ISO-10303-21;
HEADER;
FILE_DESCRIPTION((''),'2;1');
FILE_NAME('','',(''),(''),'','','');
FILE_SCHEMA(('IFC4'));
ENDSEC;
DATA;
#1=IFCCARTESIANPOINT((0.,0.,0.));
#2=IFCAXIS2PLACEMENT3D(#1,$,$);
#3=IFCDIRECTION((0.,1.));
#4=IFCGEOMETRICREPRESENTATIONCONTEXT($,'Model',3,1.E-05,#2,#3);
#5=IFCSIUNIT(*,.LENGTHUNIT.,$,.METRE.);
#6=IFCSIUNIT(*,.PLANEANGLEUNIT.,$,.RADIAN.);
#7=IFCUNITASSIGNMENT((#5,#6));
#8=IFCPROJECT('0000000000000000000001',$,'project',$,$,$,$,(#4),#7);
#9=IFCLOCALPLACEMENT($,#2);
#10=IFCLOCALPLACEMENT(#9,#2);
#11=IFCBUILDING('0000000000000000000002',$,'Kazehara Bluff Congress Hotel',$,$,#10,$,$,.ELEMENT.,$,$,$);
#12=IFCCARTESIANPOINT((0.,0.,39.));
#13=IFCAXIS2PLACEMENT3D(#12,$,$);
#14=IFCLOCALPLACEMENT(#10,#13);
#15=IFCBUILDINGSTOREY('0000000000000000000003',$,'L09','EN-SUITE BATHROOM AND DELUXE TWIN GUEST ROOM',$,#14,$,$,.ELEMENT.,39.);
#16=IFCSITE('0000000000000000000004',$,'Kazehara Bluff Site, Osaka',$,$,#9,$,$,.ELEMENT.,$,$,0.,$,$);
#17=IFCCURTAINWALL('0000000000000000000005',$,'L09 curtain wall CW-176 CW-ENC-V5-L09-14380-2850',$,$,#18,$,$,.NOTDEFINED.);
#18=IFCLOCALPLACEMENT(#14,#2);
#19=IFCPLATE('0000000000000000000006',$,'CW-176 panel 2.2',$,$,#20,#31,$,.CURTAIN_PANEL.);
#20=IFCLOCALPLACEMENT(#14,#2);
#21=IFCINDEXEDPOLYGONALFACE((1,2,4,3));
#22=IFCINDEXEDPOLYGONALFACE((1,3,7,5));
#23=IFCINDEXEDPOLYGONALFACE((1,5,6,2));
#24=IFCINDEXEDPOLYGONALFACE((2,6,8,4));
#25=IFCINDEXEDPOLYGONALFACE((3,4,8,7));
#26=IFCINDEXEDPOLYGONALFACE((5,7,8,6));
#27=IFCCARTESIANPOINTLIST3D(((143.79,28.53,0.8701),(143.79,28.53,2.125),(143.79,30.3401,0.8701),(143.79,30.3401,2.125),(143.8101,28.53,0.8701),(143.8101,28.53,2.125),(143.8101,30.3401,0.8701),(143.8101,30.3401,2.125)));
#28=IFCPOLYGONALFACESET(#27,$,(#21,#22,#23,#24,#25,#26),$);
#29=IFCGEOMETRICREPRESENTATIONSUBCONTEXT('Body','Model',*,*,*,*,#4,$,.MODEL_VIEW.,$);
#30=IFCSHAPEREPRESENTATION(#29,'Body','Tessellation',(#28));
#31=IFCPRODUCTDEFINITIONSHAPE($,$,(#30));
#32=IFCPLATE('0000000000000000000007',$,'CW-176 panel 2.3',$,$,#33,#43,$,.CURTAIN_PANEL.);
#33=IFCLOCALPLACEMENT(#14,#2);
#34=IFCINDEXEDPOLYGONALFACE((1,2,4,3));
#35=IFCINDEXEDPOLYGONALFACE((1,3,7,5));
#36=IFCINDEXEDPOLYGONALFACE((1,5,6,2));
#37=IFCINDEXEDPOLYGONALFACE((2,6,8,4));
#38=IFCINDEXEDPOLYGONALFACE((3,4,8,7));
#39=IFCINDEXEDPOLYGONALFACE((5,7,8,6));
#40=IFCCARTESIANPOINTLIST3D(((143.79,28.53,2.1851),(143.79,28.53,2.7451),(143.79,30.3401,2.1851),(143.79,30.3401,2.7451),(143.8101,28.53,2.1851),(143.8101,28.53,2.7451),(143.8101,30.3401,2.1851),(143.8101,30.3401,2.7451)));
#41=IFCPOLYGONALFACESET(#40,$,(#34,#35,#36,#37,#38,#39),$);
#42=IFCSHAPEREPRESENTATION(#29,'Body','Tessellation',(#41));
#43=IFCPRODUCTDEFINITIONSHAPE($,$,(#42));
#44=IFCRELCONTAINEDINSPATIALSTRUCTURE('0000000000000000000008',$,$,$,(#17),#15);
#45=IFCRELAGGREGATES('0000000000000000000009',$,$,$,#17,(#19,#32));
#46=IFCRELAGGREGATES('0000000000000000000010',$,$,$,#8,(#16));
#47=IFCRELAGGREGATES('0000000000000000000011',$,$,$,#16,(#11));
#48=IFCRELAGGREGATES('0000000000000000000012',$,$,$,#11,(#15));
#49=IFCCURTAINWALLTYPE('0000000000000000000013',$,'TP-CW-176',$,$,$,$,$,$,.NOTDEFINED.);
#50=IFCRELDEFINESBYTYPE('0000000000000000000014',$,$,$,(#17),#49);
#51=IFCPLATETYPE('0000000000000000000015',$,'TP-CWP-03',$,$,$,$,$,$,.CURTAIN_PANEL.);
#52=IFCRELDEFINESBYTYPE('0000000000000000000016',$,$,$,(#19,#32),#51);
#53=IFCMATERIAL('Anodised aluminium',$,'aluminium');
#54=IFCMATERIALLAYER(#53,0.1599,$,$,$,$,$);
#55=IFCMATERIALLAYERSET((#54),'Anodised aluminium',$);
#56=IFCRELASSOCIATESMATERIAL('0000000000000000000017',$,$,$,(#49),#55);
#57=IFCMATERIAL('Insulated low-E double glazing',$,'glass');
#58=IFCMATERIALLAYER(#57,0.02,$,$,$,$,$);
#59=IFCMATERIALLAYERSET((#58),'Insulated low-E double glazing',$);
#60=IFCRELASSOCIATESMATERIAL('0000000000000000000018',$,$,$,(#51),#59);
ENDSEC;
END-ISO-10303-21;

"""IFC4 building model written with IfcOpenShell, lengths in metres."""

from ifc_helpers import new_model, si_unit, direction, frame, origin, origin_2d, place, context, subcontext, project, spatial, rectangle, extrude, material, layer, layer_set, type_object, element, aggregate, save


model = new_model("IFC4")

# Units and contexts
model_context = context("Model", 3, precision=1e-05, world=origin(), true_north=direction((0.0, 1.0)))
body_context = subcontext(model_context, "Body", "Model", "MODEL_VIEW")
ifc_project = project(units=[si_unit("LENGTHUNIT", "METRE"), si_unit("PLANEANGLEUNIT", "RADIAN")], contexts=[model_context])

# Site, building, storey
site_placement = place(None, origin())
site = spatial("IfcSite", under=ifc_project, at=site_placement, Name="Kazehara Bluff Site, Osaka", CompositionType="ELEMENT", RefElevation=0.0)
building_placement = place(site_placement, origin())
building = spatial("IfcBuilding", under=site, at=building_placement, Name="Kazehara Bluff Congress Hotel", CompositionType="ELEMENT")
storey_placement = place(building_placement, frame((0.0, 0.0, 39.0)))
storey = spatial("IfcBuildingStorey", under=building, at=storey_placement, Name="L09", Description="EN-SUITE BATHROOM AND DELUXE TWIN GUEST ROOM", CompositionType="ELEMENT", Elevation=39.0)

# Curtain wall
ifc_material_1 = material(Name="Anodised aluminium", Category="aluminium")
ifc_layer_1 = layer(ifc_material_1, 0.1599)
ifc_layer_set_1 = layer_set([ifc_layer_1], Name="Anodised aluminium")
curtain_wall_type_1 = type_object("IfcCurtainWallType", Name="TP-CW-176", PredefinedType="NOTDEFINED", material=ifc_layer_set_1)
curtain_wall_1_placement = place(storey_placement, origin())
curtain_wall_1 = element("IfcCurtainWall", 1, at=curtain_wall_1_placement, inside=storey, type_object=curtain_wall_type_1, Name="L09 curtain wall CW-176 CW-ENC-V5-L09-14380-2850", PredefinedType="NOTDEFINED")

# Plates
ifc_material_2 = material(Name="Insulated low-E double glazing", Category="glass")
ifc_layer_2 = layer(ifc_material_2, 0.02)
ifc_layer_set_2 = layer_set([ifc_layer_2], Name="Insulated low-E double glazing")
plate_type = type_object("IfcPlateType", Name="TP-CWP-03", PredefinedType="CURTAIN_PANEL", material=ifc_layer_set_2)
plate_1_placement = place(storey_placement, frame((143.8, 29.4351, 0.8701), z_axis=(0.0, 0.0, 1.0), x_axis=(0.0, 1.0, 0.0)))
plate_1 = element("IfcPlate", 2, at=plate_1_placement, type_object=plate_type, Name="CW-176 panel 2.2", PredefinedType="CURTAIN_PANEL", context=body_context, shape_type="SweptSolid", body=[
    extrude(rectangle(XDim=1.8101, YDim=0.02, at=origin_2d()), origin(), (0.0, 0.0, 1.0), 1.2549),
])
plate_2_placement = place(storey_placement, frame((143.8, 29.4351, 2.1851), z_axis=(0.0, 0.0, 1.0), x_axis=(0.0, 1.0, 0.0)))
plate_2 = element("IfcPlate", 3, at=plate_2_placement, type_object=plate_type, Name="CW-176 panel 2.3", PredefinedType="CURTAIN_PANEL", context=body_context, shape_type="SweptSolid", body=[
    extrude(rectangle(XDim=1.8101, YDim=0.02, at=origin_2d()), origin(), (0.0, 0.0, 1.0), 0.5601),
])
aggregate(curtain_wall_1, [plate_1, plate_2])

save(model, "model.ifc")
